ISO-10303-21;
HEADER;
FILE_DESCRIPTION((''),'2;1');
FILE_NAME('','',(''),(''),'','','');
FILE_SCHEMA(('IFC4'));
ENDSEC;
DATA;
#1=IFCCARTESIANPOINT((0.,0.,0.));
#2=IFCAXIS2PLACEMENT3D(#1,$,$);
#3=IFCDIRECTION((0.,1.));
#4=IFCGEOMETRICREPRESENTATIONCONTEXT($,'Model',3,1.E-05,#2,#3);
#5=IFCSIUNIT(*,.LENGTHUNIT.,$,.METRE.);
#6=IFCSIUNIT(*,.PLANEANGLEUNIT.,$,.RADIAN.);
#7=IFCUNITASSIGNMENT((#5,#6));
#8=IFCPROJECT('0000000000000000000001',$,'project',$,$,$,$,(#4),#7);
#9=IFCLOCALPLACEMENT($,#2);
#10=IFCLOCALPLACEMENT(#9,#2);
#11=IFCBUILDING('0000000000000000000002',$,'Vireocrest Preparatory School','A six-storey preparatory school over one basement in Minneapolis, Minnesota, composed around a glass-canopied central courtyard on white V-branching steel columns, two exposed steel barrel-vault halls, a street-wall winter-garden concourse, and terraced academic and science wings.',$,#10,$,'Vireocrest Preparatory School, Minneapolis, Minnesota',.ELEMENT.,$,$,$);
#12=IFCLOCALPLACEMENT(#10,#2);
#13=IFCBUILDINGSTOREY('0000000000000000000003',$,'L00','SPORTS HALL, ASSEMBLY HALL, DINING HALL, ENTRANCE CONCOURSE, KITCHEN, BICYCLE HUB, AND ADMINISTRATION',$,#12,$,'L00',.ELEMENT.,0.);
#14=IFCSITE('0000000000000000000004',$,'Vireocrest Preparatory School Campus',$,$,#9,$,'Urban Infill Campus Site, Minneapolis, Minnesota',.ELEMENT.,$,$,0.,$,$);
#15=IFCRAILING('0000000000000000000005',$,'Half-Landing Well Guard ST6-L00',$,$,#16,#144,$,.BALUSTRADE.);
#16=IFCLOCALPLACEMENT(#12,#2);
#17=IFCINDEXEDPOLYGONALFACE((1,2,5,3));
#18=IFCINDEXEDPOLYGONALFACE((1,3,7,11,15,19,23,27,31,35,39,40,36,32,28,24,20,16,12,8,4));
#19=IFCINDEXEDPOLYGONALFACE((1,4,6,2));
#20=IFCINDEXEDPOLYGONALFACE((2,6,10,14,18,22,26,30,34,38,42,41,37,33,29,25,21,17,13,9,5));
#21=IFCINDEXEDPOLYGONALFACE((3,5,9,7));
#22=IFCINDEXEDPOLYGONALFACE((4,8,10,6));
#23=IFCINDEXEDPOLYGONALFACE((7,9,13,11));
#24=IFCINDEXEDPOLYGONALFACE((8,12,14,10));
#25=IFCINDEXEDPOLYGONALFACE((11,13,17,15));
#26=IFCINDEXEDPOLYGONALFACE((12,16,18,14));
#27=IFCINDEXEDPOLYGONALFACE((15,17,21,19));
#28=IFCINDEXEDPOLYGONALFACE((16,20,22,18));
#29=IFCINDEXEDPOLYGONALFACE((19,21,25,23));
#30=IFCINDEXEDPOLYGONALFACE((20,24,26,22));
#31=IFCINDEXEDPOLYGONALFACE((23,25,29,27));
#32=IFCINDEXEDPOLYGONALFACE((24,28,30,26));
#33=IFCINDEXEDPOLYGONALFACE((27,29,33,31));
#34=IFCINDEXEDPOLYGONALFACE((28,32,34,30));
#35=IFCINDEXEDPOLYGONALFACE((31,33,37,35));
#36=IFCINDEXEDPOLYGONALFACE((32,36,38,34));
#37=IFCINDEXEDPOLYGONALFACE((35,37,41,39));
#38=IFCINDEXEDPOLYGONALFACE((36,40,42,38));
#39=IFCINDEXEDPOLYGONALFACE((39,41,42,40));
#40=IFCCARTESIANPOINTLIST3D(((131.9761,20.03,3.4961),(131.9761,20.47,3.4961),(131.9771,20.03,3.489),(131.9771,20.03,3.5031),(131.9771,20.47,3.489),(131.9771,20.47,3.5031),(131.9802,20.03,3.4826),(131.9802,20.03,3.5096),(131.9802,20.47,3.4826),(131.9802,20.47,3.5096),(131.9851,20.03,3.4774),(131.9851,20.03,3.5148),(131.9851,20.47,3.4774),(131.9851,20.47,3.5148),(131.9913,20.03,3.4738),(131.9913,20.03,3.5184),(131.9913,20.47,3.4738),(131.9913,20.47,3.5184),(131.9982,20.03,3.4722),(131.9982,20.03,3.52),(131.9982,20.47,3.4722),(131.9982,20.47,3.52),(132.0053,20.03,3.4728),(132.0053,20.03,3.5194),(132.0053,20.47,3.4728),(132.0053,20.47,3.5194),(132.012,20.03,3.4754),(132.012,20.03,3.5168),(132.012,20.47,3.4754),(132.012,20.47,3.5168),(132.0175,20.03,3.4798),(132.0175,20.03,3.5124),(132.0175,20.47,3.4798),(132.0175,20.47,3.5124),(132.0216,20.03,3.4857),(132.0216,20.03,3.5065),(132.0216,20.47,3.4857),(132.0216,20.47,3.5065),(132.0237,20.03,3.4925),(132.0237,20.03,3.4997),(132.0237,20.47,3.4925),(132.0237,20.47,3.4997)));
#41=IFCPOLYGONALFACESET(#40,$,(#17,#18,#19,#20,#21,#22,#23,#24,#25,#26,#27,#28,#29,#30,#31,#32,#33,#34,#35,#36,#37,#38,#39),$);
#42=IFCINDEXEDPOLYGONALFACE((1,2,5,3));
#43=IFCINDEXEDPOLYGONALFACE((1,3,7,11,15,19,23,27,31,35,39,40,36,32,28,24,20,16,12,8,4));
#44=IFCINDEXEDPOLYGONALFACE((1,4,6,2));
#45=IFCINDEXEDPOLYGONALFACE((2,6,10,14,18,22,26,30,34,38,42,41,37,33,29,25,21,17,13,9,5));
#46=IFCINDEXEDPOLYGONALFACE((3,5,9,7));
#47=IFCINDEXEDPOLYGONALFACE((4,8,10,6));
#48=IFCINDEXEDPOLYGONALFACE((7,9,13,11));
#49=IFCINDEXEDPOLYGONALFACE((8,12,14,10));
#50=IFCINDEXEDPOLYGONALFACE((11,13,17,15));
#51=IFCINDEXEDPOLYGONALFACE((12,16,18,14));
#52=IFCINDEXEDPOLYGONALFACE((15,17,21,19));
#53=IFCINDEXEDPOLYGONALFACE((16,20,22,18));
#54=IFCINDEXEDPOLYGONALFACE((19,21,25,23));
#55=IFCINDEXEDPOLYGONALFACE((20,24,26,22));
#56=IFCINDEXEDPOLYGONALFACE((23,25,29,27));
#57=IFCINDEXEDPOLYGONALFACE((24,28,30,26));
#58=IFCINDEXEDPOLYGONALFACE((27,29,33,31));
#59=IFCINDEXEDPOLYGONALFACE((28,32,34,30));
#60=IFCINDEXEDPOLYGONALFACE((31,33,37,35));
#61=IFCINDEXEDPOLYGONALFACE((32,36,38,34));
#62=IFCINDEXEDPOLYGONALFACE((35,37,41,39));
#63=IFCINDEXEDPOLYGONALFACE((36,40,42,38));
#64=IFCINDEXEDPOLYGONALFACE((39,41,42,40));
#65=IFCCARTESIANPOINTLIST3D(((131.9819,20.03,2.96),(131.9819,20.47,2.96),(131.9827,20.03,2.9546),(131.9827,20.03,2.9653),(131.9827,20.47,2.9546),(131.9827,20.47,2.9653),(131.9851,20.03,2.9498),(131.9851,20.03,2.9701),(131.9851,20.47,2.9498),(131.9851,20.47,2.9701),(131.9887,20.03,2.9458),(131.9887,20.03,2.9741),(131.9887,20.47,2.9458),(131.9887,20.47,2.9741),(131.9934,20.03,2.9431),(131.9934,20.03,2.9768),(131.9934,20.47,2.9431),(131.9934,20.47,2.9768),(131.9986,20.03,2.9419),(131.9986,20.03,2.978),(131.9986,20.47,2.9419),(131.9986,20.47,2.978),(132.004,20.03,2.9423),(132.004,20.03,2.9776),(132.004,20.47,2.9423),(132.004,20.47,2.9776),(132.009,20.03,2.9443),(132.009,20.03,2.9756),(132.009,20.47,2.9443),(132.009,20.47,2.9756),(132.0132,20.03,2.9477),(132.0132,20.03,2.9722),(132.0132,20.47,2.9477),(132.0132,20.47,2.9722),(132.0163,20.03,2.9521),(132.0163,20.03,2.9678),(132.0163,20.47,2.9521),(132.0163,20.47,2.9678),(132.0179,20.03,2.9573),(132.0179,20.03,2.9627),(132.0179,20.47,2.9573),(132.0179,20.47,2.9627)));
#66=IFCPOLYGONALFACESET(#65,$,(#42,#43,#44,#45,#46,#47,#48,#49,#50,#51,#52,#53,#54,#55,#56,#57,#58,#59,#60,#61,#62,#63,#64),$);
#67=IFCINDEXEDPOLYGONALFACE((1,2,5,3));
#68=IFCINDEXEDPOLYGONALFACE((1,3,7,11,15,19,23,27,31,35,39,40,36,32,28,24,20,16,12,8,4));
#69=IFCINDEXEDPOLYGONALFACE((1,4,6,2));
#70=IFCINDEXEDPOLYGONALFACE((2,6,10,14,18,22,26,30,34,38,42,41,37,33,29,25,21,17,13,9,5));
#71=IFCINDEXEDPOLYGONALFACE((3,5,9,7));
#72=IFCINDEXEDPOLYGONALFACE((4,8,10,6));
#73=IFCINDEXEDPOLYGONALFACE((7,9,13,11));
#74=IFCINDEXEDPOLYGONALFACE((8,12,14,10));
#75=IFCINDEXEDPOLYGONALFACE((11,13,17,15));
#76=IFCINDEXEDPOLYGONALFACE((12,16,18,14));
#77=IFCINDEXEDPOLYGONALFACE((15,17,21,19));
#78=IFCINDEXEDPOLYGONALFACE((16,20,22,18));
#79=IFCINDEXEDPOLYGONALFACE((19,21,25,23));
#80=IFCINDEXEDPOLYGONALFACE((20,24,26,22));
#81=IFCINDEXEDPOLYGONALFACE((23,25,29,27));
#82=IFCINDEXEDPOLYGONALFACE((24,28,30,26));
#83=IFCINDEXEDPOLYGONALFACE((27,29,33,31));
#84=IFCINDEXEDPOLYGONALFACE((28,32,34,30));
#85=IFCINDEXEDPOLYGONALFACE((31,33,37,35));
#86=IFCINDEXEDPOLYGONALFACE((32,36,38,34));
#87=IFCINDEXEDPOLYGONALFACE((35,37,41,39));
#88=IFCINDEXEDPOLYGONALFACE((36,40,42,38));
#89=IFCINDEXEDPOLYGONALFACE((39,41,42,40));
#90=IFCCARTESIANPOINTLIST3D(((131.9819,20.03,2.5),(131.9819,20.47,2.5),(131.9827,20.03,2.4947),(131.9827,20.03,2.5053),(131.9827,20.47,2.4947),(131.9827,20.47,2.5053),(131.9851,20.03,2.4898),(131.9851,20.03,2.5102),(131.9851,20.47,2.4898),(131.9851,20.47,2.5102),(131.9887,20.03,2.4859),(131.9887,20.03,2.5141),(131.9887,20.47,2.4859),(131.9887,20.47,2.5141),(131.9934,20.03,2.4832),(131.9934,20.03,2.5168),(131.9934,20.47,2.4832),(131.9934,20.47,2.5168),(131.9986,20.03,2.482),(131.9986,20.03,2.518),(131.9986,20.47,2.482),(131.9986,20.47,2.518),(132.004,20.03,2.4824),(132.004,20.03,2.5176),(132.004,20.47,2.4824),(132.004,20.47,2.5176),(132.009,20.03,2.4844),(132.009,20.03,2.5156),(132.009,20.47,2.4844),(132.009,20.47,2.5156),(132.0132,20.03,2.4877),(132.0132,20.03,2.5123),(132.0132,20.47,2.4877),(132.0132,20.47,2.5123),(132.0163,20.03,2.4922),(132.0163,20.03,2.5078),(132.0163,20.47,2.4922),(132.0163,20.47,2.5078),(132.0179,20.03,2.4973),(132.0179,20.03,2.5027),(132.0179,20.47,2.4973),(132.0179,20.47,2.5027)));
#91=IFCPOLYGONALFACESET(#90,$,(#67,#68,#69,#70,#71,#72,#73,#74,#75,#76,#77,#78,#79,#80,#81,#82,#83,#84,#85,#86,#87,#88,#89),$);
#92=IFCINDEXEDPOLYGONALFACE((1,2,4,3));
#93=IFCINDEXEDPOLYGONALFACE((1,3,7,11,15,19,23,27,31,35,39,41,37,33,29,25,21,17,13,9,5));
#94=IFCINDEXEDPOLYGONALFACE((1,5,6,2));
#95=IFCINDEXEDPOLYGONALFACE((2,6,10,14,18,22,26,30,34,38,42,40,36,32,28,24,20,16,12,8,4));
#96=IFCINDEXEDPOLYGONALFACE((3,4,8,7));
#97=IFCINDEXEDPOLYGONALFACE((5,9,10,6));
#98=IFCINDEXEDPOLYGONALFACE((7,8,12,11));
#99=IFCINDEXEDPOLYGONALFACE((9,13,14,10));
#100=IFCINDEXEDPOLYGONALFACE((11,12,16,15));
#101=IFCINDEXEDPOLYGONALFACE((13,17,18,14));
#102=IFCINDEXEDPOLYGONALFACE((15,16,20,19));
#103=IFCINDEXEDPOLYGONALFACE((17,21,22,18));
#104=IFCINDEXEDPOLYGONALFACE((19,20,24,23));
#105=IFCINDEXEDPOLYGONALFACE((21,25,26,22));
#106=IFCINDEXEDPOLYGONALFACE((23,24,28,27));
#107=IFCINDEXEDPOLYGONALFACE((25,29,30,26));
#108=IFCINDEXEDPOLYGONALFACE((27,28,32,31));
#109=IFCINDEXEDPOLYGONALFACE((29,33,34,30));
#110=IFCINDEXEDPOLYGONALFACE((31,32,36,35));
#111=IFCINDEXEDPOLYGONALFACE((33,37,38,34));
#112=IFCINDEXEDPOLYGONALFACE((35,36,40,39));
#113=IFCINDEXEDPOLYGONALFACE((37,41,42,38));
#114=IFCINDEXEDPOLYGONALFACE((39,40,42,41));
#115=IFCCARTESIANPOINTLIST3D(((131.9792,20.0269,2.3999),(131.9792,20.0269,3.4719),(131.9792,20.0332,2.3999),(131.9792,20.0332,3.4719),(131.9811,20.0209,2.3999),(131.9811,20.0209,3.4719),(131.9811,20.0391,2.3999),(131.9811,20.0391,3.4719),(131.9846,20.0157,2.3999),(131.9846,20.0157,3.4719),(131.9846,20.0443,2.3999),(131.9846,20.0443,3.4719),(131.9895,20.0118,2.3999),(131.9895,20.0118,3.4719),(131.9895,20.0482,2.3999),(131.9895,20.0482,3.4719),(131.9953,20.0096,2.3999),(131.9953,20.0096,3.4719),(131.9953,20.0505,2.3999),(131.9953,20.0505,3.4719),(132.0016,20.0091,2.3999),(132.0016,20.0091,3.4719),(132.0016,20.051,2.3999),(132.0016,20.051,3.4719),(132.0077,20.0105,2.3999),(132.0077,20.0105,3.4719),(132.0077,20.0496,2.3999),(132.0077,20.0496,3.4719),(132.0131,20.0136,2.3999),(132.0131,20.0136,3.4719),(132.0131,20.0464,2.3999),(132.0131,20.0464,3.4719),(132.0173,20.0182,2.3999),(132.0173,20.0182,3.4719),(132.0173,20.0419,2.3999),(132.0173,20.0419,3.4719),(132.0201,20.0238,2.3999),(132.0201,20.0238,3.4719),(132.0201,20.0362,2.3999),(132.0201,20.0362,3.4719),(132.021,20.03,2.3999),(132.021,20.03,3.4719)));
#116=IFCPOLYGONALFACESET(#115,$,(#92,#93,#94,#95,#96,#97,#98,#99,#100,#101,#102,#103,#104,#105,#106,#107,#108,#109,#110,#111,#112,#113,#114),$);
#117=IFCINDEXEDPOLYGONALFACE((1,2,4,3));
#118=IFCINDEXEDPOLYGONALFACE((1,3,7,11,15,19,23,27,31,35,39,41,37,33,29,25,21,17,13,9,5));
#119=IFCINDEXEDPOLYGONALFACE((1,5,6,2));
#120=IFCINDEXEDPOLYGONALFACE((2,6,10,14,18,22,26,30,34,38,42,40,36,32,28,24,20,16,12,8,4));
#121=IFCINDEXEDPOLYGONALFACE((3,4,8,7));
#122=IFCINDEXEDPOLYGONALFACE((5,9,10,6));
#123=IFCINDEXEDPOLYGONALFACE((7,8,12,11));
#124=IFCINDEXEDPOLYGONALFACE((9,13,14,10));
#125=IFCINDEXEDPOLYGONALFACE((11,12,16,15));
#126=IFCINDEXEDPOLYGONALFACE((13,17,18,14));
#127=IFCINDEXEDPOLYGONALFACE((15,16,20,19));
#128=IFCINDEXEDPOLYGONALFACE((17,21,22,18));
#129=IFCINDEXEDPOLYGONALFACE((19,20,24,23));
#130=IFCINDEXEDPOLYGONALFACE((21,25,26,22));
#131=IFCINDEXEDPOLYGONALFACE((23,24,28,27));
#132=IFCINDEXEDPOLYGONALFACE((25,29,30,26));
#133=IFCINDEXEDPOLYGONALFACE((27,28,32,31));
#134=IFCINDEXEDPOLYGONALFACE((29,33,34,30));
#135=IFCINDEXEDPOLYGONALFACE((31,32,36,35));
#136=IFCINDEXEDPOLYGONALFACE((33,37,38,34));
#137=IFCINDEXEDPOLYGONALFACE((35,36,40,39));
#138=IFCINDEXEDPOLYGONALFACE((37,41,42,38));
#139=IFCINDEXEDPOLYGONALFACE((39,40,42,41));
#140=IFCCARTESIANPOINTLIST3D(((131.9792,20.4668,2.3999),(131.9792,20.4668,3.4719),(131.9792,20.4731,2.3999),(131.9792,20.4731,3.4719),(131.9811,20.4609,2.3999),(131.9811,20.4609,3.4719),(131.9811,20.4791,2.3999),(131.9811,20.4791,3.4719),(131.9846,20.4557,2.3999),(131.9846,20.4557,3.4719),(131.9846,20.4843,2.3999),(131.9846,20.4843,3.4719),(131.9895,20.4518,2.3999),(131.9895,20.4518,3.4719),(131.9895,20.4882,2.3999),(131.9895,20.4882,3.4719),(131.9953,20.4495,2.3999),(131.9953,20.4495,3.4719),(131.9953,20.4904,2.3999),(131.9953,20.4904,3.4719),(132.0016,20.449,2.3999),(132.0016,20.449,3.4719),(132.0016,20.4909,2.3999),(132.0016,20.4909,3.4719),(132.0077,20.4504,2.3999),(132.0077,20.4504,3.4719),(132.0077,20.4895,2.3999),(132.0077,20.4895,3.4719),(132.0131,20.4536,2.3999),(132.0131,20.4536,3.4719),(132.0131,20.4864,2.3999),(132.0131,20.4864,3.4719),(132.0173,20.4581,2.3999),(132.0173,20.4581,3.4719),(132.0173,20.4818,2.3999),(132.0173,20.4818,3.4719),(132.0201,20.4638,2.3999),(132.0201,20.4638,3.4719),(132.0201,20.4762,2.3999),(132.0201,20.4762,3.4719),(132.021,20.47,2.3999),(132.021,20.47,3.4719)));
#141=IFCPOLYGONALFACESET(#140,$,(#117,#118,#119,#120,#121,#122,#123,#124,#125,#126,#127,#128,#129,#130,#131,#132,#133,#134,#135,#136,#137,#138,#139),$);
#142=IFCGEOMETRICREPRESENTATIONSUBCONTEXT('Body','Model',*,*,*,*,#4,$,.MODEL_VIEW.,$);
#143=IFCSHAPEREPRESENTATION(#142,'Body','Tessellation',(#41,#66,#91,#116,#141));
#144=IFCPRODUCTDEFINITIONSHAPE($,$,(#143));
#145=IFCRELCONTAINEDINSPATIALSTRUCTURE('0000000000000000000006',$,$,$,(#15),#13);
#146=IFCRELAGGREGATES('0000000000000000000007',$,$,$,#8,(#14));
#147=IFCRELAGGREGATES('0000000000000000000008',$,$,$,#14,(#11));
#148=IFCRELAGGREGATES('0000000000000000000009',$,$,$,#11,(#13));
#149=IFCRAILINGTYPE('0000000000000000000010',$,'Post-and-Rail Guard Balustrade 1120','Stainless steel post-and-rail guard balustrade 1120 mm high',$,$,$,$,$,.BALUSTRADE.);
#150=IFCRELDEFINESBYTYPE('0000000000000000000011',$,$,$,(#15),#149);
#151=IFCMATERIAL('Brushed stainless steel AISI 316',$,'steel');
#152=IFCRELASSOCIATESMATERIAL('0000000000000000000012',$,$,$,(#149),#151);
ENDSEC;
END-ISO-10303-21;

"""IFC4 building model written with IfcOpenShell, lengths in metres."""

from ifc_helpers import new_model, si_unit, direction, frame, origin, origin_2d, place, context, subcontext, project, spatial, circle, extrude, material, type_object, element, save


model = new_model("IFC4")

# Units and contexts
model_context = context("Model", 3, precision=1e-05, world=origin(), true_north=direction((0.0, 1.0)))
body_context = subcontext(model_context, "Body", "Model", "MODEL_VIEW")
ifc_project = project(units=[si_unit("LENGTHUNIT", "METRE"), si_unit("PLANEANGLEUNIT", "RADIAN")], contexts=[model_context])

# Site, building, storey
site_placement = place(None, origin())
site = spatial("IfcSite", under=ifc_project, at=site_placement, Name="Vireocrest Preparatory School Campus", LongName="Urban Infill Campus Site, Minneapolis, Minnesota", CompositionType="ELEMENT", RefElevation=0.0)
building_placement = place(site_placement, origin())
building = spatial("IfcBuilding", under=site, at=building_placement, Name="Vireocrest Preparatory School", Description="A six-storey preparatory school over one basement in Minneapolis, Minnesota, composed around a glass-canopied central courtyard on white V-branching steel columns, two exposed steel barrel-vault halls, a street-wall winter-garden concourse, and terraced academic and science wings.", LongName="Vireocrest Preparatory School, Minneapolis, Minnesota", CompositionType="ELEMENT")
storey_placement = place(building_placement, origin())
storey = spatial("IfcBuildingStorey", under=building, at=storey_placement, Name="L00", Description="SPORTS HALL, ASSEMBLY HALL, DINING HALL, ENTRANCE CONCOURSE, KITCHEN, BICYCLE HUB, AND ADMINISTRATION", LongName="L00", CompositionType="ELEMENT", Elevation=0.0)

# Railing
ifc_material_1 = material(Name="Brushed stainless steel AISI 316", Category="steel")
railing_type_1 = type_object("IfcRailingType", Name="Post-and-Rail Guard Balustrade 1120", Description="Stainless steel post-and-rail guard balustrade 1120 mm high", PredefinedType="BALUSTRADE", material=ifc_material_1)
railing_1_placement = place(storey_placement, frame((132.0, 20.03, 2.3999)))
element("IfcRailing", 1, at=railing_1_placement, inside=storey, type_object=railing_type_1, Name="Half-Landing Well Guard ST6-L00", PredefinedType="BALUSTRADE", context=body_context, shape_type="SweptSolid", body=[
    extrude(circle(Radius=0.0239, at=origin_2d()), frame((0.0, 0.0, 1.0962), z_axis=(0.0, 1.0, 0.0), x_axis=(-1.0, 0.0, 0.0)), (0.0, 0.0, 1.0), 0.4399),
    extrude(circle(Radius=0.0181, at=origin_2d()), frame((0.0, 0.0, 0.5601), z_axis=(0.0, 1.0, 0.0), x_axis=(-1.0, 0.0, 0.0)), (0.0, 0.0, 1.0), 0.4399),
    extrude(circle(Radius=0.0181, at=origin_2d()), frame((0.0, 0.0, 0.1001), z_axis=(0.0, 1.0, 0.0), x_axis=(-1.0, 0.0, 0.0)), (0.0, 0.0, 1.0), 0.4399),
    extrude(circle(Radius=0.021, at=origin_2d()), origin(), (0.0, 0.0, 1.0), 1.072),
    extrude(circle(Radius=0.021, at=origin_2d()), frame((0.0, 0.4399, 0.0)), (0.0, 0.0, 1.0), 1.072),
])

save(model, "model.ifc")
